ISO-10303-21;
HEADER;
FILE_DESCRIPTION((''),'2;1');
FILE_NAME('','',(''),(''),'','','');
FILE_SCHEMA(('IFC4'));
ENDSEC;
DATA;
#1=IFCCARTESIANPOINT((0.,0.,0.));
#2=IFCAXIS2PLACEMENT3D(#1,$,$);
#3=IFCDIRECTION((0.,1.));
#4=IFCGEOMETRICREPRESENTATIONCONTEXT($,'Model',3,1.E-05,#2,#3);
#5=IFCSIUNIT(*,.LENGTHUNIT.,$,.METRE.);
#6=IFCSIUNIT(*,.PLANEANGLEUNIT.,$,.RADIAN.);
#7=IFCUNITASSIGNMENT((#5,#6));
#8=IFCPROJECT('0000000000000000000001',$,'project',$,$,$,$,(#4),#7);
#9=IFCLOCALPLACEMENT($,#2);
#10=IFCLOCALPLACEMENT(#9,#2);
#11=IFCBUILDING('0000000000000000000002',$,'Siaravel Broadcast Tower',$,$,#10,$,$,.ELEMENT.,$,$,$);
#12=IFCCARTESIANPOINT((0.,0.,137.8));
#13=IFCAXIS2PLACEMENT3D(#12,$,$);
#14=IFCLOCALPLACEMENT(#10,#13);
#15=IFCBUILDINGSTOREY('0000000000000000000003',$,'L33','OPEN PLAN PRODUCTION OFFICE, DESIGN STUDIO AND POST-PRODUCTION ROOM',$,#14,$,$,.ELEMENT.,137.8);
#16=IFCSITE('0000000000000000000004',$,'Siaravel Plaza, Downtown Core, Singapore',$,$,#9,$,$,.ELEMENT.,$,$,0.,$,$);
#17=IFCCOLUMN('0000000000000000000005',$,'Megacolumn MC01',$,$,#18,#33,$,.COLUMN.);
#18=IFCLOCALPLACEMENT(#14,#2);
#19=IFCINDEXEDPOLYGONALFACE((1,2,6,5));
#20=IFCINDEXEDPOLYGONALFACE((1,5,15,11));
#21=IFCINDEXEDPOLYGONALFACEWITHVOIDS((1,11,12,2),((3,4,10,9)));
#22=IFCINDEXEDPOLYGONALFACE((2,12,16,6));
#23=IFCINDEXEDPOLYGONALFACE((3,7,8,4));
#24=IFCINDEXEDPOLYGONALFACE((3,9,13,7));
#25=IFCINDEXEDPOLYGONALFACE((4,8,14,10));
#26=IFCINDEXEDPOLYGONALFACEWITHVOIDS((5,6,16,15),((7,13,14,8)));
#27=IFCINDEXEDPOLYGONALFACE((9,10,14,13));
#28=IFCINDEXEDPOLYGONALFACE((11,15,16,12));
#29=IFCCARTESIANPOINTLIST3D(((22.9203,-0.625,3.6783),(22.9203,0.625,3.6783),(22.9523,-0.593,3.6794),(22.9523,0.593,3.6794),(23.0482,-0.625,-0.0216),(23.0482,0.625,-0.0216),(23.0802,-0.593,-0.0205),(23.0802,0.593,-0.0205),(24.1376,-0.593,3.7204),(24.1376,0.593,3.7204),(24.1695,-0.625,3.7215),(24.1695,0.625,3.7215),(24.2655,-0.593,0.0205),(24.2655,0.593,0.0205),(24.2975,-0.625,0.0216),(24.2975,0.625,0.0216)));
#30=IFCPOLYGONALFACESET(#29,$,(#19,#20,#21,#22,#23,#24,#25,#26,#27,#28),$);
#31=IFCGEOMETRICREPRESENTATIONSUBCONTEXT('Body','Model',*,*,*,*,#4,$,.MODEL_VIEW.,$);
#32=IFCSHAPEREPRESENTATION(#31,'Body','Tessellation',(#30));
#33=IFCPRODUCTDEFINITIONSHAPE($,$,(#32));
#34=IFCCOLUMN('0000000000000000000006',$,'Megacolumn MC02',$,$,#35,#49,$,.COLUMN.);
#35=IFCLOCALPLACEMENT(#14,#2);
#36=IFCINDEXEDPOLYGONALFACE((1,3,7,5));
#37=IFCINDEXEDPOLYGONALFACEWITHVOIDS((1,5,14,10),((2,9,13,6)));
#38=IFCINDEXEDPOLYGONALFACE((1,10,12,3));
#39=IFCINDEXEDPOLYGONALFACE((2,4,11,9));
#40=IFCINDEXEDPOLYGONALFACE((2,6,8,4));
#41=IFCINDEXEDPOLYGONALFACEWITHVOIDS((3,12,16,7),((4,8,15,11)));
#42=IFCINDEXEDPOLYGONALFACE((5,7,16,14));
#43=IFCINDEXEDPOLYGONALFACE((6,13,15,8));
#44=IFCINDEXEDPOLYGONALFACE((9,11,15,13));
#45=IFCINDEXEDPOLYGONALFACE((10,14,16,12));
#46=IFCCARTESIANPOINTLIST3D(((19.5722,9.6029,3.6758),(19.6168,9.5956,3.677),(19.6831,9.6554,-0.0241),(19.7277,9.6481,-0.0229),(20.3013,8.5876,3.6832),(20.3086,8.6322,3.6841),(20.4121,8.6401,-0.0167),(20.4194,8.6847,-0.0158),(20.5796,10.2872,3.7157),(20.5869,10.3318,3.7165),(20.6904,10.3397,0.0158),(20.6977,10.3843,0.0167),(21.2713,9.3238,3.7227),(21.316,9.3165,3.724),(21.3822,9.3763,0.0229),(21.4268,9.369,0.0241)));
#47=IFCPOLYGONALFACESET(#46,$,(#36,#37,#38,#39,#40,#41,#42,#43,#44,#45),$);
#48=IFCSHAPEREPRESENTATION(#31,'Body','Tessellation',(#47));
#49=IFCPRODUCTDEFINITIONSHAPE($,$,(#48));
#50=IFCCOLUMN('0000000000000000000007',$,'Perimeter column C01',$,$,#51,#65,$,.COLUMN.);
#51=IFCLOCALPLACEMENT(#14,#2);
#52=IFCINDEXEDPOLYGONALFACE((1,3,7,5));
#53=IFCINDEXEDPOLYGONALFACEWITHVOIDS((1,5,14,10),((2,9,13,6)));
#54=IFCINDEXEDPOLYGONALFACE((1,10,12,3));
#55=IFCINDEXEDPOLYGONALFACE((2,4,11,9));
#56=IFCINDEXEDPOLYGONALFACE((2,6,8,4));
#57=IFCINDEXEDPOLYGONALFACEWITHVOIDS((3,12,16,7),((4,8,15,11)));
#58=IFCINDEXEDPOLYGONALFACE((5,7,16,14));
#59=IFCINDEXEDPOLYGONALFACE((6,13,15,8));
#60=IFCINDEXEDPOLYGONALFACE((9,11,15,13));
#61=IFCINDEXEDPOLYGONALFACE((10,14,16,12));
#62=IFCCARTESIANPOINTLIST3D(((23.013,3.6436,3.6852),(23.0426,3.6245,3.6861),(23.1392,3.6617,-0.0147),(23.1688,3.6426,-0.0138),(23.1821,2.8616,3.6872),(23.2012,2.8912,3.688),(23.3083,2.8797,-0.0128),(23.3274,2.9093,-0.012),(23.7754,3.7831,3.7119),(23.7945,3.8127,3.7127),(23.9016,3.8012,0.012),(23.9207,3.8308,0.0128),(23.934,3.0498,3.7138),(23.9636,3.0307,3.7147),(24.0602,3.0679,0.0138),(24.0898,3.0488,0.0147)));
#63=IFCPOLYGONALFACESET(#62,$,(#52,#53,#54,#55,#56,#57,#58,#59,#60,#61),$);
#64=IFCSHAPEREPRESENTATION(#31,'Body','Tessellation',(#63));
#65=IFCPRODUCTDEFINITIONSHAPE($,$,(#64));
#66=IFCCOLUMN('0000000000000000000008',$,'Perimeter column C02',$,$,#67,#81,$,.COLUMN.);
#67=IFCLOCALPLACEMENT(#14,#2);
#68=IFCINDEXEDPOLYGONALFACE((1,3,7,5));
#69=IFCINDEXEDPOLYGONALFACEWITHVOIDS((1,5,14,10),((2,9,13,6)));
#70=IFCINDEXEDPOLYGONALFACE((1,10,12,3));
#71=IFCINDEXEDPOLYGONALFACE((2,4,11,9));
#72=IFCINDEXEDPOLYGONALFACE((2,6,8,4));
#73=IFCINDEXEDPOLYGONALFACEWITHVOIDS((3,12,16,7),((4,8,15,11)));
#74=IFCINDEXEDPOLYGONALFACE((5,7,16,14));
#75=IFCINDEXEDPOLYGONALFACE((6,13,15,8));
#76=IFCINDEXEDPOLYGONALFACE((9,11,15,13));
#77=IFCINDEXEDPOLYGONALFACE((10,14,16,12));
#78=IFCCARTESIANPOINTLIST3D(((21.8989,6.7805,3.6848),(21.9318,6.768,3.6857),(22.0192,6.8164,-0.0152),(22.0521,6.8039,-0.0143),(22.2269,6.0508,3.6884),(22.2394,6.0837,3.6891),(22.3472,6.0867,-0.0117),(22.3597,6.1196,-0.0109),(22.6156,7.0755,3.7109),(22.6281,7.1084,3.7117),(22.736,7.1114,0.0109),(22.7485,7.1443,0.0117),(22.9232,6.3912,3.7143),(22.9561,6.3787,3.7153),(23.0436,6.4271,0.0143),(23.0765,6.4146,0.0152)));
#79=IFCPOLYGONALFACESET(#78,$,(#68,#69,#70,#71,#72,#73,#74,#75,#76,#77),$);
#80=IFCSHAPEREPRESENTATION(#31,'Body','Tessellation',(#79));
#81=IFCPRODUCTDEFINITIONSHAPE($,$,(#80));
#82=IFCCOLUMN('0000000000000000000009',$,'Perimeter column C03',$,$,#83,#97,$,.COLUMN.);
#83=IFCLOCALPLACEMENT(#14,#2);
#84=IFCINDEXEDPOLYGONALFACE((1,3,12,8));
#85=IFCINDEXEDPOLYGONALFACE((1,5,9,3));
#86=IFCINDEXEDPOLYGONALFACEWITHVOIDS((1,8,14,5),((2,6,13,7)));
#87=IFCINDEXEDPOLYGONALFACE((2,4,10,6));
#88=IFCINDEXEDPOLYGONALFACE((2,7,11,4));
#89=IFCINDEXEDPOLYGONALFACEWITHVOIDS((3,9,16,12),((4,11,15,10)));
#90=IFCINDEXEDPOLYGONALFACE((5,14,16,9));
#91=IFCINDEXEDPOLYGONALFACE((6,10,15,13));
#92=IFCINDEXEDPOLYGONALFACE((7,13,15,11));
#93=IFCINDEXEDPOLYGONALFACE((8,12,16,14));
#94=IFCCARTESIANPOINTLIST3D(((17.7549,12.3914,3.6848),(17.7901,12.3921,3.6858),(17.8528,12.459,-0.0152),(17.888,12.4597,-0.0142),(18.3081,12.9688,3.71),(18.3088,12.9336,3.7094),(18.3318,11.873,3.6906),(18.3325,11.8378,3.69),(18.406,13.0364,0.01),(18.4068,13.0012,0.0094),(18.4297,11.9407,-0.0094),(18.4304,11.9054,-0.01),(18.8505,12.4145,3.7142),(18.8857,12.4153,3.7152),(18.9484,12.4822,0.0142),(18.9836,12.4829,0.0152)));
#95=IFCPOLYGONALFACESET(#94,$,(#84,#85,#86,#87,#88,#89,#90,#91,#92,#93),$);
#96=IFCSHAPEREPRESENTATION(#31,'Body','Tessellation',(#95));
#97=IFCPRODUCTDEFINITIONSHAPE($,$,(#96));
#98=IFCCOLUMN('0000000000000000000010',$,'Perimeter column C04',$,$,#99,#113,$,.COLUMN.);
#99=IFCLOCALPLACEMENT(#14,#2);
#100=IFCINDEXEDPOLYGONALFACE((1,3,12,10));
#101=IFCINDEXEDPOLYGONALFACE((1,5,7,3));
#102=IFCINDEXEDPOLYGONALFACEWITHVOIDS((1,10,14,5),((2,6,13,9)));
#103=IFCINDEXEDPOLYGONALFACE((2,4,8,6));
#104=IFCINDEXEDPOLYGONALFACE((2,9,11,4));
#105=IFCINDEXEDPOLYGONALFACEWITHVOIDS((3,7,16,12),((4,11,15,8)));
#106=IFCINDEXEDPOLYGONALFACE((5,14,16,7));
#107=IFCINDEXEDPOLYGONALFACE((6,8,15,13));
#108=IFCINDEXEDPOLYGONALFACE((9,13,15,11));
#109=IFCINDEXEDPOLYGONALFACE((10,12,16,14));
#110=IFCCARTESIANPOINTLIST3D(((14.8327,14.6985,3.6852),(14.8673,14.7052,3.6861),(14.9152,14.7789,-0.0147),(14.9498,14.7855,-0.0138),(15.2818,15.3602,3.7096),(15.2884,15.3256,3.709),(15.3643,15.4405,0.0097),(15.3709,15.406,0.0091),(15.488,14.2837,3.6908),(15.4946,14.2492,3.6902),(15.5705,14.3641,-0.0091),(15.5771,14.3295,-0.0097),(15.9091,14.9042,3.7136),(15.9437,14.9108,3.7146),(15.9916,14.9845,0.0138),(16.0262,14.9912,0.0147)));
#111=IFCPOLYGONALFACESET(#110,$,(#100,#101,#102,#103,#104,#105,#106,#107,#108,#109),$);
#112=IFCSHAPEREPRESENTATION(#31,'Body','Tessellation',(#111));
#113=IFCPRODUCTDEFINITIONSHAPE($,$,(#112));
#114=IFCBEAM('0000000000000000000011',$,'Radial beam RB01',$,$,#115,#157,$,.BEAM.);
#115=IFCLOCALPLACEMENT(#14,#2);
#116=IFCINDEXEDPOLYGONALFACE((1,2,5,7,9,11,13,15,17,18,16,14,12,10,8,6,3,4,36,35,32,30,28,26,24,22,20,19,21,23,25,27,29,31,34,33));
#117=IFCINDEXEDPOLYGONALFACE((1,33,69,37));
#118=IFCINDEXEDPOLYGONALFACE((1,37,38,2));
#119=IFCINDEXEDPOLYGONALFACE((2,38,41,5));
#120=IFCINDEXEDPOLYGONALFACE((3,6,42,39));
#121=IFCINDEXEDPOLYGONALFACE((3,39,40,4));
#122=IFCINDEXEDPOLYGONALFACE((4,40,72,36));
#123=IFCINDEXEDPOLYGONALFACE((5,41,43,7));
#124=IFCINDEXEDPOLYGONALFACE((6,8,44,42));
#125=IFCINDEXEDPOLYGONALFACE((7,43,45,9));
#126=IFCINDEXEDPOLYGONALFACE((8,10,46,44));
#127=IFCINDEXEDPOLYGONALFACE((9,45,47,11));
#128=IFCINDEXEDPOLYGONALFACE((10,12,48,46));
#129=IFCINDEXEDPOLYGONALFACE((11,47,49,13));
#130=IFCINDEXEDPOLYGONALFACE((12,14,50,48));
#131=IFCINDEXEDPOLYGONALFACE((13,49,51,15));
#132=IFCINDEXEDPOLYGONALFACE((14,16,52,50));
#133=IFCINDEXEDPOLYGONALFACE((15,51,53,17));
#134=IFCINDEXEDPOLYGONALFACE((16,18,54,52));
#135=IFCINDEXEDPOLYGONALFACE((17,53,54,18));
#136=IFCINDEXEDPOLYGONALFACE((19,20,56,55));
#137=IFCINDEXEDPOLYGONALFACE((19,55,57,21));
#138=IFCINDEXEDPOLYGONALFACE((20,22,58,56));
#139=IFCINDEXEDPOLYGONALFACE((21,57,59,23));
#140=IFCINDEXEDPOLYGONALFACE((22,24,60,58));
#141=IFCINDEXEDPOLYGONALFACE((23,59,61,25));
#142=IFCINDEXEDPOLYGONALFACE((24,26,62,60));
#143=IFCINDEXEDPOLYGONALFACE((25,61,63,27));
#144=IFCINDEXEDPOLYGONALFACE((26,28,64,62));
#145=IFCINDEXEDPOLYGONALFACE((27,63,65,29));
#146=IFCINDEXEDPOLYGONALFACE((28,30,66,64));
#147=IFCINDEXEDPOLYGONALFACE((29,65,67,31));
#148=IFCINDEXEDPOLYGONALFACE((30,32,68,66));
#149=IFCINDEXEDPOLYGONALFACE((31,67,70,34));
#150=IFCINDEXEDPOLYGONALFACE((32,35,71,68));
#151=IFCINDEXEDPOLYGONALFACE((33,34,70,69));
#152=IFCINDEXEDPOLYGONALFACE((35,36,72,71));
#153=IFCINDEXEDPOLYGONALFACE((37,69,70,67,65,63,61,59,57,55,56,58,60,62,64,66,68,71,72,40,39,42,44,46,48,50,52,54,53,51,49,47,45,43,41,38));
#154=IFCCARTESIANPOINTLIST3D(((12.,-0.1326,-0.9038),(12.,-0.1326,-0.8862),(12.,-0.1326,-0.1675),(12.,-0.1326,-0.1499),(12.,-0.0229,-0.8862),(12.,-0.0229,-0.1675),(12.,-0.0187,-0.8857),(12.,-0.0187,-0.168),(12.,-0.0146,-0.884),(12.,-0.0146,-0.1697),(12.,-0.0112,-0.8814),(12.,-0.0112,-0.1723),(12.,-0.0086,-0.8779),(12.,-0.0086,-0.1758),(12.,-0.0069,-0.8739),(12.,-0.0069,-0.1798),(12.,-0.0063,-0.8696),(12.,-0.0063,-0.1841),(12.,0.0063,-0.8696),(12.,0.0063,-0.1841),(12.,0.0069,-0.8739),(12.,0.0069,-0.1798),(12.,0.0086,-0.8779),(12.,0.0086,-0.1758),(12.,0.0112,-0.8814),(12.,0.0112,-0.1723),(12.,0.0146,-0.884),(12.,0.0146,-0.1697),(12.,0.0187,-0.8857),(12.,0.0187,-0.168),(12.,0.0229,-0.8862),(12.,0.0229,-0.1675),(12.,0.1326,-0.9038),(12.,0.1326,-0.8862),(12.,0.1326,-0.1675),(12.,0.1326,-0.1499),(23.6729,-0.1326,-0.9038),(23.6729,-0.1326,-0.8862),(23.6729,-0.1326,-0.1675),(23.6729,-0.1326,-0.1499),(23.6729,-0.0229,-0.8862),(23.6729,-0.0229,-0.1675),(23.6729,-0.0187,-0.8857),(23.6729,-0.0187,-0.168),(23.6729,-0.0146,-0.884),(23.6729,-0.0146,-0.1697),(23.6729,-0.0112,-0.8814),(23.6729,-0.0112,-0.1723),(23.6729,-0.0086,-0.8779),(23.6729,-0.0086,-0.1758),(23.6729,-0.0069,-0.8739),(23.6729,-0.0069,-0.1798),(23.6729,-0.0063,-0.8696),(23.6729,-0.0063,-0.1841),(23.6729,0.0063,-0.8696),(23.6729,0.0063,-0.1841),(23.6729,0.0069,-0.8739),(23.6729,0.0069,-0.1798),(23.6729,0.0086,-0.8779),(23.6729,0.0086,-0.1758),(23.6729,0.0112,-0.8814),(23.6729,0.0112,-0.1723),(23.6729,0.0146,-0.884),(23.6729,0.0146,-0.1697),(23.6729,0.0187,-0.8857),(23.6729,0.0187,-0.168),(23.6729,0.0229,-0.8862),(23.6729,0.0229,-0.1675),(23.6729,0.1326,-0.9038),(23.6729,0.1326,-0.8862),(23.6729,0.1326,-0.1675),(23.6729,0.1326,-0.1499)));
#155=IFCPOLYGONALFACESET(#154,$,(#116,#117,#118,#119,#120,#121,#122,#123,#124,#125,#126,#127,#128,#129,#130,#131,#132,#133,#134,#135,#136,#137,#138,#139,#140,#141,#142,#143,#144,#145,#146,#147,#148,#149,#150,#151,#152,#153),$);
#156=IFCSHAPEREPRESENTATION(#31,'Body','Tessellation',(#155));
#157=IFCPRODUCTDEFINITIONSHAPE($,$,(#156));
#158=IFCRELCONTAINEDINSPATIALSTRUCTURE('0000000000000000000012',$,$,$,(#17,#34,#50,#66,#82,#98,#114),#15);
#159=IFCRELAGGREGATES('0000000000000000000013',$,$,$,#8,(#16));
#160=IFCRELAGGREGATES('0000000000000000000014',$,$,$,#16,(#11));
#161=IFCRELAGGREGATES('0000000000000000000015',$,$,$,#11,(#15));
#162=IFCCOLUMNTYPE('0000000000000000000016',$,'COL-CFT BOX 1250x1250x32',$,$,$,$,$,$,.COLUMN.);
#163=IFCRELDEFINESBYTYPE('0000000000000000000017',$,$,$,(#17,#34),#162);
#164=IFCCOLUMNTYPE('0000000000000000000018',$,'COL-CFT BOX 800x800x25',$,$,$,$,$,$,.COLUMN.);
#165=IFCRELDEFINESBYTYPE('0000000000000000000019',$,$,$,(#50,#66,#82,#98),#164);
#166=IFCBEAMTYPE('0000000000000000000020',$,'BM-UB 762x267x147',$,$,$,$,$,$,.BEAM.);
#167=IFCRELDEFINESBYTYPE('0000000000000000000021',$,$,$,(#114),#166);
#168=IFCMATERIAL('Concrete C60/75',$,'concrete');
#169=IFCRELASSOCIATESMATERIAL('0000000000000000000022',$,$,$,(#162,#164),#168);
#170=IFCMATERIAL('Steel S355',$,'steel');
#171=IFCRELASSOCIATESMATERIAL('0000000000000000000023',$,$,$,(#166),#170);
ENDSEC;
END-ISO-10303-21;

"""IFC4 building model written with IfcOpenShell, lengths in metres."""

from ifc_helpers import new_model, si_unit, direction, frame, origin, origin_2d, place, context, subcontext, project, spatial, hollow_rectangle, i_section, extrude, material, material_profile, profile_set, type_object, element, save


model = new_model("IFC4")

# Units and contexts
model_context = context("Model", 3, precision=1e-05, world=origin(), true_north=direction((0.0, 1.0)))
body_context = subcontext(model_context, "Body", "Model", "MODEL_VIEW")
ifc_project = project(units=[si_unit("LENGTHUNIT", "METRE"), si_unit("PLANEANGLEUNIT", "RADIAN")], contexts=[model_context])

# Site, building, storey
site_placement = place(None, origin())
site = spatial("IfcSite", under=ifc_project, at=site_placement, Name="Siaravel Plaza, Downtown Core, Singapore", CompositionType="ELEMENT", RefElevation=0.0)
building_placement = place(site_placement, origin())
building = spatial("IfcBuilding", under=site, at=building_placement, Name="Siaravel Broadcast Tower", CompositionType="ELEMENT")
storey_placement = place(building_placement, frame((0.0, 0.0, 137.8)))
storey = spatial("IfcBuildingStorey", under=building, at=storey_placement, Name="L33", Description="OPEN PLAN PRODUCTION OFFICE, DESIGN STUDIO AND POST-PRODUCTION ROOM", CompositionType="ELEMENT", Elevation=137.8)

# Columns
ifc_material_1 = material(Name="Concrete C60/75", Category="concrete")
ifc_material_profile_1 = material_profile(ifc_material_1, hollow_rectangle(XDim=1.25, YDim=1.25, WallThickness=0.032, at=origin_2d()))
ifc_profile_set_1 = profile_set([ifc_material_profile_1], Name="Concrete C60/75")
column_type_1 = type_object("IfcColumnType", Name="COL-CFT BOX 1250x1250x32", PredefinedType="COLUMN", material=ifc_profile_set_1)
column_1_placement = place(storey_placement, frame((23.6729, 0.0, 0.0), z_axis=(-0.034555, 0.0, 0.999403), x_axis=(0.0, -1.0, 0.0)))
element("IfcColumn", 1, at=column_1_placement, inside=storey, type_object=column_type_1, Name="Megacolumn MC01", PredefinedType="COLUMN", context=body_context, shape_type="SweptSolid", body=[
    extrude(hollow_rectangle(XDim=1.25, YDim=1.25, WallThickness=0.032, at=origin_2d()), origin(), (0.0, 0.0, 1.0), 3.7021),
])
column_2_placement = place(storey_placement, frame((20.5549, 9.5122, 0.0), z_axis=(-0.029941, -0.014179, 0.999451), x_axis=(0.58325, -0.812271, 0.005949)))
element("IfcColumn", 2, at=column_2_placement, inside=storey, type_object=column_type_1, Name="Megacolumn MC02", PredefinedType="COLUMN", context=body_context, shape_type="SweptSolid", body=[
    extrude(hollow_rectangle(XDim=1.25, YDim=1.25, WallThickness=0.032, at=origin_2d()), origin(), (0.0, 0.0, 1.0), 3.7019),
])
ifc_material_profile_2 = material_profile(ifc_material_1, hollow_rectangle(XDim=0.8, YDim=0.8, WallThickness=0.0249, at=origin_2d()))
ifc_profile_set_2 = profile_set([ifc_material_profile_2], Name="Concrete C60/75")
column_type_2 = type_object("IfcColumnType", Name="COL-CFT BOX 800x800x25", PredefinedType="COLUMN", material=ifc_profile_set_2)
for number, where, z_axis, x_axis, name in (
    (3, (23.6145, 3.3552, 0.0), (-0.034094, -0.00488, 0.999407), (0.211413, -0.977394, 0.00244), "Perimeter column C01"),
    (4, (22.5479, 6.6155, 0.0), (-0.032512, -0.009694, 0.999424), (0.409997, -0.912076, 0.00449), "Perimeter column C02"),
):
    element("IfcColumn", number, at=place(storey_placement, frame(where, z_axis=z_axis, x_axis=x_axis)), inside=storey, type_object=column_type_2, Name=name, PredefinedType="COLUMN", context=body_context, shape_type="SweptSolid", body=[
        extrude(hollow_rectangle(XDim=0.8, YDim=0.8, WallThickness=0.0249, at=origin_2d()), origin(), (0.0, 0.0, 1.0), 3.7021),
    ])
column_3_placement = place(storey_placement, frame((18.4182, 12.4709, 0.0), z_axis=(-0.026446, -0.018268, 0.999483), x_axis=(0.721973, -0.691891, 0.006457)))
element("IfcColumn", 5, at=column_3_placement, inside=storey, type_object=column_type_2, Name="Perimeter column C03", PredefinedType="COLUMN", context=body_context, shape_type="SweptSolid", body=[
    extrude(hollow_rectangle(XDim=0.8, YDim=0.8, WallThickness=0.0249, at=origin_2d()), origin(), (0.0, 0.0, 1.0), 3.7019),
])
column_4_placement = place(storey_placement, frame((15.4707, 14.885, 0.0), z_axis=(-0.022292, -0.021698, 0.999516), x_axis=(0.827314, -0.561705, 0.006257)))
element("IfcColumn", 6, at=column_4_placement, inside=storey, type_object=column_type_2, Name="Perimeter column C04", PredefinedType="COLUMN", context=body_context, shape_type="SweptSolid", body=[
    extrude(hollow_rectangle(XDim=0.8, YDim=0.8, WallThickness=0.0249, at=origin_2d()), origin(), (0.0, 0.0, 1.0), 3.7017),
])

# Beam
ifc_material_2 = material(Name="Steel S355", Category="steel")
ifc_material_profile_3 = material_profile(ifc_material_2, i_section(OverallWidth=0.2651, OverallDepth=0.7539, WebThickness=0.0127, FlangeThickness=0.0176, FilletRadius=0.0166, at=origin_2d()))
ifc_profile_set_3 = profile_set([ifc_material_profile_3], Name="Steel S355")
beam_type = type_object("IfcBeamType", Name="BM-UB 762x267x147", PredefinedType="BEAM", material=ifc_profile_set_3)
beam_1_placement = place(storey_placement, frame((23.6729, 0.0, -0.5269), z_axis=(-1.0, 0.0, 0.0), x_axis=(0.0, -1.0, 0.0)))
element("IfcBeam", 7, at=beam_1_placement, inside=storey, type_object=beam_type, Name="Radial beam RB01", PredefinedType="BEAM", context=body_context, shape_type="SweptSolid", body=[
    extrude(i_section(OverallWidth=0.2651, OverallDepth=0.7539, WebThickness=0.0127, FlangeThickness=0.0176, FilletRadius=0.0166, at=origin_2d()), origin(), (0.0, 0.0, 1.0), 11.6729),
])

save(model, "model.ifc")
